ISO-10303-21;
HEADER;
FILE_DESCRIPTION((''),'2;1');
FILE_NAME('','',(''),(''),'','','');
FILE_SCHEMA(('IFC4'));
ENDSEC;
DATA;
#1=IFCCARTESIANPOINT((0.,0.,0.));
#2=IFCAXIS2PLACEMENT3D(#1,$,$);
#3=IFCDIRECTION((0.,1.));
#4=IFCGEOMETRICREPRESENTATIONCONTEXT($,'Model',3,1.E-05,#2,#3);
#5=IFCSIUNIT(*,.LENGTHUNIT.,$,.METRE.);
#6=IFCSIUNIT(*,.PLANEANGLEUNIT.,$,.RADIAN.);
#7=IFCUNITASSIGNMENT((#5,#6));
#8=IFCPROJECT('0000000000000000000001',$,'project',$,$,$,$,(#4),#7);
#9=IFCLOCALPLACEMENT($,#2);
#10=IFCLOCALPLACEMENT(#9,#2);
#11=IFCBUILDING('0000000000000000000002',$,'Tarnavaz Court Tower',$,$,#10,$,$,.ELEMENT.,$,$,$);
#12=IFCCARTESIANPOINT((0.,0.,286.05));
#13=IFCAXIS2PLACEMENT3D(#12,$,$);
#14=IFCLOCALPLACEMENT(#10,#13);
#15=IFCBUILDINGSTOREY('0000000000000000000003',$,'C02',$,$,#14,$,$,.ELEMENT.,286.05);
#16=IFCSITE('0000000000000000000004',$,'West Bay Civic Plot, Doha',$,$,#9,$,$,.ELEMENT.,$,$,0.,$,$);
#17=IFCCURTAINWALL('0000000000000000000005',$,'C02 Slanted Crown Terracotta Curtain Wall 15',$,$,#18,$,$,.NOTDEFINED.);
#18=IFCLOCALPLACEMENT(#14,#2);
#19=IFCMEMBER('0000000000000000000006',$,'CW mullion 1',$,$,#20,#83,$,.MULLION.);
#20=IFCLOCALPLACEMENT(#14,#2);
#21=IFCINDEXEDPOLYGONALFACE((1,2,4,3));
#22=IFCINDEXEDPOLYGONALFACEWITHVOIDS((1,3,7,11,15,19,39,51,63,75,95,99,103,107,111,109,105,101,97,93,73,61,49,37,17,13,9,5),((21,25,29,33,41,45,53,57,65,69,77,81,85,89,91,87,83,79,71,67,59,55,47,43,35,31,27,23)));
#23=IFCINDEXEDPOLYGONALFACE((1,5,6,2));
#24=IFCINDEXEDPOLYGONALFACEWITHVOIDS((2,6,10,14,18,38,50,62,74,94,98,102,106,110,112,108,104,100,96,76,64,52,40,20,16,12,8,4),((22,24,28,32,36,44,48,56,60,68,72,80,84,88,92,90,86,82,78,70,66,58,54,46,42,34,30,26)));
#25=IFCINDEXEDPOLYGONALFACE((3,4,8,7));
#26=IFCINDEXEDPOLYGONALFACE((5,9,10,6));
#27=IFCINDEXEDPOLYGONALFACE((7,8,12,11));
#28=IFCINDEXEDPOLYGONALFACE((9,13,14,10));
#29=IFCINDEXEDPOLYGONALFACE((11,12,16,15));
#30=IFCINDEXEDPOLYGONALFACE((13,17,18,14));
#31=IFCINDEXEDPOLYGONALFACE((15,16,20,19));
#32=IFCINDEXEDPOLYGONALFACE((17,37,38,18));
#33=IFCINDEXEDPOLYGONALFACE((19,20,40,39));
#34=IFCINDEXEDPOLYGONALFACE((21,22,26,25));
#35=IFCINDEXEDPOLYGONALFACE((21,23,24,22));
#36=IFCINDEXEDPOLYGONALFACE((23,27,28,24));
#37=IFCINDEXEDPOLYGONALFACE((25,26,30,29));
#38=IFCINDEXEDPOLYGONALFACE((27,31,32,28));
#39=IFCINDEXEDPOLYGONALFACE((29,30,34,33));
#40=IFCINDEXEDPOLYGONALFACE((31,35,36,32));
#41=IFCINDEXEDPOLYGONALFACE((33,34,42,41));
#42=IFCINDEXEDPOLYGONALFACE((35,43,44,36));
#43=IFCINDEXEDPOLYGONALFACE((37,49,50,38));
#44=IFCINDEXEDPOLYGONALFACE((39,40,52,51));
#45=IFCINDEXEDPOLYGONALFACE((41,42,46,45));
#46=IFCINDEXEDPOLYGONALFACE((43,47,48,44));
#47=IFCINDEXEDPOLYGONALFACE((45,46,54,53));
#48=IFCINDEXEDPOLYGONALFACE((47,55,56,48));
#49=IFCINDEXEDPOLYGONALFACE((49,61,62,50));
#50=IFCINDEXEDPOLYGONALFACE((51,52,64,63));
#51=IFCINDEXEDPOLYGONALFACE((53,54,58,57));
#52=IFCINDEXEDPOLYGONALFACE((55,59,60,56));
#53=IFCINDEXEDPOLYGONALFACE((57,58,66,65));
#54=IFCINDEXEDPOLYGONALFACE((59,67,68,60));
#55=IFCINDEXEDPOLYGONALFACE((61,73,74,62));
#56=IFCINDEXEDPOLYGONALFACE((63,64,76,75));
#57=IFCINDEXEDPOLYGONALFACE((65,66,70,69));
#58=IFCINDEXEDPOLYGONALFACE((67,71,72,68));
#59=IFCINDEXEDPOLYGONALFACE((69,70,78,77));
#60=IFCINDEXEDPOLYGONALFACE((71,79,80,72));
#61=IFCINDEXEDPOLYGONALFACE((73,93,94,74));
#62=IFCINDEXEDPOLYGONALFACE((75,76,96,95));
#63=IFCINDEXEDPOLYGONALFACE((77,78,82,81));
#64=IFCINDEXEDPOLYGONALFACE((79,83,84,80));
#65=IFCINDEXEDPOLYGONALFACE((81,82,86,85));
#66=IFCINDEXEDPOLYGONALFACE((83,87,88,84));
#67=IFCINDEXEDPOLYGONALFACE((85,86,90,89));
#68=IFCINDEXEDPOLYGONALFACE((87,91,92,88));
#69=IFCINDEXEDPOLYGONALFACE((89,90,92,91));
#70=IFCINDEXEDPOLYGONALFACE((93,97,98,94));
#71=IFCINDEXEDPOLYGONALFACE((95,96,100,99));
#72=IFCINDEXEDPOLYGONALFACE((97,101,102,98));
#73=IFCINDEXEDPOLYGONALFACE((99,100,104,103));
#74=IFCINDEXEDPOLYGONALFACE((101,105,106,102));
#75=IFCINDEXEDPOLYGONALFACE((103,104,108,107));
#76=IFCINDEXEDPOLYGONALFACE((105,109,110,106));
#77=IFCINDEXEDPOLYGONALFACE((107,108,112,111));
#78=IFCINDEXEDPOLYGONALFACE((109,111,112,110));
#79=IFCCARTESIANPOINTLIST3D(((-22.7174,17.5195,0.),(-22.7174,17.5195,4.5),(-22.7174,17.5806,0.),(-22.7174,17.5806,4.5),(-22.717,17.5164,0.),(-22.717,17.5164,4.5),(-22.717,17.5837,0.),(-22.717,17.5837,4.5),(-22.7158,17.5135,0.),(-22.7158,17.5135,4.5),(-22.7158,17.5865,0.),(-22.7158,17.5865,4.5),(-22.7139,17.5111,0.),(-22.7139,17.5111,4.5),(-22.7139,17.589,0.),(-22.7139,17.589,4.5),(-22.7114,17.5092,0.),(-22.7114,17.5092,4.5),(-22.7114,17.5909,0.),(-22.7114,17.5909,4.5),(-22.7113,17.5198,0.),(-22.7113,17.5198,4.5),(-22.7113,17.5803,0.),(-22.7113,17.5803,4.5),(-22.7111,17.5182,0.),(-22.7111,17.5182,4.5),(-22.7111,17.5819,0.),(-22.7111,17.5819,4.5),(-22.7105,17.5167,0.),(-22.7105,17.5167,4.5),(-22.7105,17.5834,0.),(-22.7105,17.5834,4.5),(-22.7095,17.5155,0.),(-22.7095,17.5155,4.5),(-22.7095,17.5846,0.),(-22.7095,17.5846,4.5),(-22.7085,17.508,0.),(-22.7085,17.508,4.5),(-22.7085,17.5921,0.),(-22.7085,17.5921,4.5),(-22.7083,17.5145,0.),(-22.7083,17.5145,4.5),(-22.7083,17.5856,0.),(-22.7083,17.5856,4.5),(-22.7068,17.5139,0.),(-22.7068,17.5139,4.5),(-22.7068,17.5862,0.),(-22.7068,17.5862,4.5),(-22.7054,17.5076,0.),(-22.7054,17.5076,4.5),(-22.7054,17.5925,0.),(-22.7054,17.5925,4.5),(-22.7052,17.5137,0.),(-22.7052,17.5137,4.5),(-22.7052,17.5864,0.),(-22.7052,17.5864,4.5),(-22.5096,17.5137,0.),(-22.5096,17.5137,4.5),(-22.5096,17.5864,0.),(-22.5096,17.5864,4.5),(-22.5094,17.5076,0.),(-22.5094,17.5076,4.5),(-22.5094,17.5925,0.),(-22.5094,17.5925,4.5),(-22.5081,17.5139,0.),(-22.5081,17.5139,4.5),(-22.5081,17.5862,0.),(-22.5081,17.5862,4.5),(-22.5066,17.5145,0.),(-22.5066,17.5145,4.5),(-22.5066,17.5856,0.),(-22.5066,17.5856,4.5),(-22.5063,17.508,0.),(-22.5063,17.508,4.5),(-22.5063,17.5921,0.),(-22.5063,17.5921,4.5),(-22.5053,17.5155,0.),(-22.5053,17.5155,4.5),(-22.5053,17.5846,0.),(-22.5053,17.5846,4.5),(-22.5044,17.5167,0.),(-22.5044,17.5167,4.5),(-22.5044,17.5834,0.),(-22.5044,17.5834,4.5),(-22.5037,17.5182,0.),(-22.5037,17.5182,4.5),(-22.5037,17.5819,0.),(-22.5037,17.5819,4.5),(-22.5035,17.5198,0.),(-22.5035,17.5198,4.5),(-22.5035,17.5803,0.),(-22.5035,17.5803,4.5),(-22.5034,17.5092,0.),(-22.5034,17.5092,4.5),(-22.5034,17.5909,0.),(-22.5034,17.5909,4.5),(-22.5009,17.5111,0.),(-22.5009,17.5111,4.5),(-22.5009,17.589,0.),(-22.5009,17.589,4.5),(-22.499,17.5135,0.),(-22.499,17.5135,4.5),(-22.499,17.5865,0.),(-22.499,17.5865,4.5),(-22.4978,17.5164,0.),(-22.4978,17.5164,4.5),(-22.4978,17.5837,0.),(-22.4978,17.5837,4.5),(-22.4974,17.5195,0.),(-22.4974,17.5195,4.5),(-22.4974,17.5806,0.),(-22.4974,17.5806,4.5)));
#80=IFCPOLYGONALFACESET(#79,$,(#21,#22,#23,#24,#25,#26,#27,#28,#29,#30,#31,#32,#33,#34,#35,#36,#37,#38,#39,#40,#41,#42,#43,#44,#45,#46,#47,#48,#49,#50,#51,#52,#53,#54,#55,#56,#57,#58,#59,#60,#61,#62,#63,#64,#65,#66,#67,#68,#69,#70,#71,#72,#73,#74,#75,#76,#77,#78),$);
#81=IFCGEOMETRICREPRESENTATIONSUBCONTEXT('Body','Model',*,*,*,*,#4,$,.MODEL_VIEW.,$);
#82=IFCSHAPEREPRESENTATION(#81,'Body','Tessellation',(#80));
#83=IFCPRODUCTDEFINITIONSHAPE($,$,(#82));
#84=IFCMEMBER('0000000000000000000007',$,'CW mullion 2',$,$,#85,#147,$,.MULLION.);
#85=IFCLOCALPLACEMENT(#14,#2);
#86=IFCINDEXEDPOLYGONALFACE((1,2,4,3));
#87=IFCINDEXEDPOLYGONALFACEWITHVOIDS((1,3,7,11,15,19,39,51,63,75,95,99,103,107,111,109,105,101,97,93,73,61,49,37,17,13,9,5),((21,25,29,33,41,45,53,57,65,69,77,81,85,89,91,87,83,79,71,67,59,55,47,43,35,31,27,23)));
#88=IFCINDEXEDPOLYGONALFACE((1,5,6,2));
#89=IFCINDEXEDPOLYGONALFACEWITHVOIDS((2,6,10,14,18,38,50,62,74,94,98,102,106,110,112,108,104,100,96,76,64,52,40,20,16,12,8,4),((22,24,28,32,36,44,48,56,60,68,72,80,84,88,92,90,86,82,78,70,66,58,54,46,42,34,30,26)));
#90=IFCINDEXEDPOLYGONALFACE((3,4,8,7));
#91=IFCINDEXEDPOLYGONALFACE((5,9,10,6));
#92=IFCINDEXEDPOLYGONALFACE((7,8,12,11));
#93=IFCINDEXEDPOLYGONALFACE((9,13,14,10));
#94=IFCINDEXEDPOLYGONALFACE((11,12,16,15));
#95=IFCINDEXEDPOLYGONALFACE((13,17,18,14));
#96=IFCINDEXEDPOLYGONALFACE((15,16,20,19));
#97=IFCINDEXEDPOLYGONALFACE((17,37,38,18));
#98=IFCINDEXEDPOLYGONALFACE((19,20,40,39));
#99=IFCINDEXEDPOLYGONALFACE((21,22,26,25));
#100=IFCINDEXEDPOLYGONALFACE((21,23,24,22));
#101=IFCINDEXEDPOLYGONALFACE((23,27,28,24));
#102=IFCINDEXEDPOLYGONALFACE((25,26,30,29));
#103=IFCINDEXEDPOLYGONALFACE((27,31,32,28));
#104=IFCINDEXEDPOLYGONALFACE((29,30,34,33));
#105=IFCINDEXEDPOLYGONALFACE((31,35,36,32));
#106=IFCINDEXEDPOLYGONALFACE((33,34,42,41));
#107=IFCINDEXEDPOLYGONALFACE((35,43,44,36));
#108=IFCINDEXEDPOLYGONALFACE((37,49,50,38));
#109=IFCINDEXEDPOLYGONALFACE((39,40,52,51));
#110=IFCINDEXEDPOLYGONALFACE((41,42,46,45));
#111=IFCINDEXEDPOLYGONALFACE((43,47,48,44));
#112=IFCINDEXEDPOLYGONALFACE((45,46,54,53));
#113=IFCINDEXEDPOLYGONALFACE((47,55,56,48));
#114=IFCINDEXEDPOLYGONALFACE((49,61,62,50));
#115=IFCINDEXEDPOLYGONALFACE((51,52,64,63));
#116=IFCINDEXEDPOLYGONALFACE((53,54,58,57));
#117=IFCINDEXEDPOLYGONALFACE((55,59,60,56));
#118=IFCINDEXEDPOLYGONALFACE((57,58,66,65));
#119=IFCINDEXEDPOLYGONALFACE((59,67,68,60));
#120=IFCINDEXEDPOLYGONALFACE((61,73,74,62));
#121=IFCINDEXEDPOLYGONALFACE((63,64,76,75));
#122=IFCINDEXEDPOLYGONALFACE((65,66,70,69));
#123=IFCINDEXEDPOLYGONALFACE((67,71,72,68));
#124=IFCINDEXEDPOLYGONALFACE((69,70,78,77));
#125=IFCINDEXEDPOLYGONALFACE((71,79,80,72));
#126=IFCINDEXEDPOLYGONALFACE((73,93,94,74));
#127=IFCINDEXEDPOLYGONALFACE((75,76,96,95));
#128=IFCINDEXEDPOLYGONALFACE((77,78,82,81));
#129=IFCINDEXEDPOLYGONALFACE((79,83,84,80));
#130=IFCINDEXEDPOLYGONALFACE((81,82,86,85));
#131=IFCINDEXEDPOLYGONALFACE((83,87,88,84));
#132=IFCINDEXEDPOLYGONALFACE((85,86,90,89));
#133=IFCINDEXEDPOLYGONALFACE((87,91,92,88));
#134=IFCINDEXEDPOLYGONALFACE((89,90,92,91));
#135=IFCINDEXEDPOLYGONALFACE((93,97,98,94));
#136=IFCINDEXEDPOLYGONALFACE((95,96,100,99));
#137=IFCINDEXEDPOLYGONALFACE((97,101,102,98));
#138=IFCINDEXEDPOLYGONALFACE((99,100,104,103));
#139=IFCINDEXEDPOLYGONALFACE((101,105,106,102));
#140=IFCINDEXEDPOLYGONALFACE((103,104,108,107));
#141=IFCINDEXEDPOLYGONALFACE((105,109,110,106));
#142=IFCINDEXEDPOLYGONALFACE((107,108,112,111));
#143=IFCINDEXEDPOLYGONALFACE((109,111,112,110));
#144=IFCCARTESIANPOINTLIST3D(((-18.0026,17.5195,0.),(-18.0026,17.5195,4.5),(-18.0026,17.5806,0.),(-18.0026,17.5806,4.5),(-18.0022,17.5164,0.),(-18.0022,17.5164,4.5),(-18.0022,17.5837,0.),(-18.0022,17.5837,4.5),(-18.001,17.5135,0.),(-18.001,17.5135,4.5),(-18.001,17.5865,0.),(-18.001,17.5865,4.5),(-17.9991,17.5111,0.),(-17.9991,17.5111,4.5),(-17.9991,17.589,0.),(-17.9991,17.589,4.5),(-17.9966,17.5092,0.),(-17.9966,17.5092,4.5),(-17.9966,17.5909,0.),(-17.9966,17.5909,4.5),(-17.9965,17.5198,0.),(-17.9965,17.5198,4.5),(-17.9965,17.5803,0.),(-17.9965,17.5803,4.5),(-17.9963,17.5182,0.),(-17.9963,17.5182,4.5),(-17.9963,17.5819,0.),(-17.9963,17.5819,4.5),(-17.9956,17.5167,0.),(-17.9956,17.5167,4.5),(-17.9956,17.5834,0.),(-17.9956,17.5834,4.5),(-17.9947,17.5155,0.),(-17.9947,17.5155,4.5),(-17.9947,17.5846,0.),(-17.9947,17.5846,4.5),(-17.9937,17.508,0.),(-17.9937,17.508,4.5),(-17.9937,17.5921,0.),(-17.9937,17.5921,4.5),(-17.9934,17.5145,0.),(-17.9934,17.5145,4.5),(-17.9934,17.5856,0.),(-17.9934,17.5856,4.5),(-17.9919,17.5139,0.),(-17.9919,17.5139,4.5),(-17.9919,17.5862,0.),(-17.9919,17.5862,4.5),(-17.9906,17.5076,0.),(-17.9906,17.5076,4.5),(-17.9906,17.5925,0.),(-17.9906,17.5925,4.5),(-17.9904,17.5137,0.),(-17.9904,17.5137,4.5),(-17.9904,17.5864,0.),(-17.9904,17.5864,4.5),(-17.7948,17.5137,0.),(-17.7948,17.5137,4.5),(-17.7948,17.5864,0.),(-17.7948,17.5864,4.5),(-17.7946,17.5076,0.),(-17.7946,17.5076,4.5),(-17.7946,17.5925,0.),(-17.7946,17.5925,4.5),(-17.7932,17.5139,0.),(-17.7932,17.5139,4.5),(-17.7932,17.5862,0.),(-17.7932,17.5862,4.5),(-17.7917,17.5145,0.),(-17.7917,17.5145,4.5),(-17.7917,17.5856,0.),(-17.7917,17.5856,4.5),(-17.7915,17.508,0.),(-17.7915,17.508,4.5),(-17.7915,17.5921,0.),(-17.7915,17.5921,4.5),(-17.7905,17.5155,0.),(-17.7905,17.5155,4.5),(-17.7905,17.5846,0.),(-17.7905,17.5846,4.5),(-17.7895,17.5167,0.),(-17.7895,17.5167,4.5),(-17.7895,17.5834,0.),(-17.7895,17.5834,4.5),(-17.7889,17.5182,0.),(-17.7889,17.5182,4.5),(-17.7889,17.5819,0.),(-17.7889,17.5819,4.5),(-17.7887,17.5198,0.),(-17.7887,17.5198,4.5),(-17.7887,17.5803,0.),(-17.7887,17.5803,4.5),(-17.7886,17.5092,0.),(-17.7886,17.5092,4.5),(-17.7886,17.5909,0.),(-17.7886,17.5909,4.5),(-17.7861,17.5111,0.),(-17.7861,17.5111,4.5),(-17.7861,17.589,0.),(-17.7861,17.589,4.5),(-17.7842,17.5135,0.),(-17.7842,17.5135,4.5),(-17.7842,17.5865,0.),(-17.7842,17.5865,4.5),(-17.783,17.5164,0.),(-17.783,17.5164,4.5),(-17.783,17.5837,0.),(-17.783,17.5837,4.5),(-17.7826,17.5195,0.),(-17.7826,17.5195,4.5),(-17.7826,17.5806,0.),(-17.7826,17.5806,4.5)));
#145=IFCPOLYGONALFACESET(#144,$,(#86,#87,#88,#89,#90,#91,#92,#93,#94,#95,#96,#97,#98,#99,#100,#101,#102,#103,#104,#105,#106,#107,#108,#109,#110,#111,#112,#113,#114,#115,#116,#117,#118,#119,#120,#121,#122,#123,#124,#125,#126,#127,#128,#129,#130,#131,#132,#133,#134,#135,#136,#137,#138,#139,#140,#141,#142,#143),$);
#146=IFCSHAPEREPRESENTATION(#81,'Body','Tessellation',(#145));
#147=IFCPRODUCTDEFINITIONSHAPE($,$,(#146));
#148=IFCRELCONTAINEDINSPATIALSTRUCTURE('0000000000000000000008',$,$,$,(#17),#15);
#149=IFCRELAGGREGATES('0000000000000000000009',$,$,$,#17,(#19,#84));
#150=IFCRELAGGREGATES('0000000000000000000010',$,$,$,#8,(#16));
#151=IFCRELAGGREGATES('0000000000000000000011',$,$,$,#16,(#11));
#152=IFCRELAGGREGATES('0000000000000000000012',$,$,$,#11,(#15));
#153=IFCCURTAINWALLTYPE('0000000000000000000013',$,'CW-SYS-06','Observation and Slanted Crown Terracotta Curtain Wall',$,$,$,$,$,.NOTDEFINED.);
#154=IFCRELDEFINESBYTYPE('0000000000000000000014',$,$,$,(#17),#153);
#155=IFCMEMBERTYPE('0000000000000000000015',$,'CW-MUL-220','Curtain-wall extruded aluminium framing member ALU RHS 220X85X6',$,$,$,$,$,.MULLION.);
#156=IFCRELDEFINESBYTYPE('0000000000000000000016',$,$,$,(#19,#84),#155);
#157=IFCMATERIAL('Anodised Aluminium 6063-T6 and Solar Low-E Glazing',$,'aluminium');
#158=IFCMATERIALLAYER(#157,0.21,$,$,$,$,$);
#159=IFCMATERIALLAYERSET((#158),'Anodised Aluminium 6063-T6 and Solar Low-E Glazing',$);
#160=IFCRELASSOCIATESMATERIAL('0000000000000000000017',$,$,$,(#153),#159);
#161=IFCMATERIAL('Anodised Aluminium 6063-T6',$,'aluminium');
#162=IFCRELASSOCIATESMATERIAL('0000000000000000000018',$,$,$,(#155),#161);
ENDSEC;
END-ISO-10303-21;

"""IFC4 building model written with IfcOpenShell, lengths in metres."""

from ifc_helpers import new_model, si_unit, direction, frame, origin, origin_2d, place, context, subcontext, project, spatial, hollow_rectangle, extrude, material, layer, layer_set, material_profile, profile_set, type_object, element, aggregate, save


model = new_model("IFC4")

# Units and contexts
model_context = context("Model", 3, precision=1e-05, world=origin(), true_north=direction((0.0, 1.0)))
body_context = subcontext(model_context, "Body", "Model", "MODEL_VIEW")
ifc_project = project(units=[si_unit("LENGTHUNIT", "METRE"), si_unit("PLANEANGLEUNIT", "RADIAN")], contexts=[model_context])

# Site, building, storey
site_placement = place(None, origin())
site = spatial("IfcSite", under=ifc_project, at=site_placement, Name="West Bay Civic Plot, Doha", CompositionType="ELEMENT", RefElevation=0.0)
building_placement = place(site_placement, origin())
building = spatial("IfcBuilding", under=site, at=building_placement, Name="Tarnavaz Court Tower", CompositionType="ELEMENT")
storey_placement = place(building_placement, frame((0.0, 0.0, 286.05)))
storey = spatial("IfcBuildingStorey", under=building, at=storey_placement, Name="C02", CompositionType="ELEMENT", Elevation=286.05)

# Curtain wall, members
ifc_material_1 = material(Name="Anodised Aluminium 6063-T6 and Solar Low-E Glazing", Category="aluminium")
ifc_layer_1 = layer(ifc_material_1, 0.21)
ifc_layer_set_1 = layer_set([ifc_layer_1], Name="Anodised Aluminium 6063-T6 and Solar Low-E Glazing")
curtain_wall_type = type_object("IfcCurtainWallType", Name="CW-SYS-06", Description="Observation and Slanted Crown Terracotta Curtain Wall", PredefinedType="NOTDEFINED", material=ifc_layer_set_1)
ifc_material_2 = material(Name="Anodised Aluminium 6063-T6", Category="aluminium")
ifc_material_profile_1 = material_profile(ifc_material_2, hollow_rectangle(XDim=0.085, YDim=0.22, WallThickness=0.0061, InnerFilletRadius=0.0061, OuterFilletRadius=0.012, at=origin_2d()), Name="ALU RHS 220X85X6")
ifc_profile_set_1 = profile_set([ifc_material_profile_1], Name="Anodised Aluminium 6063-T6")
member_type_1 = type_object("IfcMemberType", Name="CW-MUL-220", Description="Curtain-wall extruded aluminium framing member ALU RHS 220X85X6", PredefinedType="MULLION", material=ifc_profile_set_1)
curtain_wall_1_placement = place(storey_placement, origin())
curtain_wall_1 = element("IfcCurtainWall", 1, at=curtain_wall_1_placement, inside=storey, type_object=curtain_wall_type, Name="C02 Slanted Crown Terracotta Curtain Wall 15", PredefinedType="NOTDEFINED")
member_1_placement = place(storey_placement, frame((-22.6074, 17.55, 0.0), z_axis=(0.0, 0.0, 1.0), x_axis=(0.0, 1.0, 0.0)))
member_1 = element("IfcMember", 2, at=member_1_placement, type_object=member_type_1, Name="CW mullion 1", PredefinedType="MULLION", context=body_context, shape_type="SweptSolid", body=[
    extrude(hollow_rectangle(XDim=0.085, YDim=0.22, WallThickness=0.0061, InnerFilletRadius=0.0061, OuterFilletRadius=0.012, at=origin_2d()), origin(), (0.0, 0.0, 1.0), 4.5),
])
member_2_placement = place(storey_placement, frame((-17.8926, 17.55, 0.0), z_axis=(0.0, 0.0, 1.0), x_axis=(0.0, 1.0, 0.0)))
member_2 = element("IfcMember", 3, at=member_2_placement, type_object=member_type_1, Name="CW mullion 2", PredefinedType="MULLION", context=body_context, shape_type="SweptSolid", body=[
    extrude(hollow_rectangle(XDim=0.085, YDim=0.22, WallThickness=0.0061, InnerFilletRadius=0.0061, OuterFilletRadius=0.012, at=origin_2d()), origin(), (0.0, 0.0, 1.0), 4.5),
])

aggregate(curtain_wall_1, [member_1, member_2])

save(model, "model.ifc")
